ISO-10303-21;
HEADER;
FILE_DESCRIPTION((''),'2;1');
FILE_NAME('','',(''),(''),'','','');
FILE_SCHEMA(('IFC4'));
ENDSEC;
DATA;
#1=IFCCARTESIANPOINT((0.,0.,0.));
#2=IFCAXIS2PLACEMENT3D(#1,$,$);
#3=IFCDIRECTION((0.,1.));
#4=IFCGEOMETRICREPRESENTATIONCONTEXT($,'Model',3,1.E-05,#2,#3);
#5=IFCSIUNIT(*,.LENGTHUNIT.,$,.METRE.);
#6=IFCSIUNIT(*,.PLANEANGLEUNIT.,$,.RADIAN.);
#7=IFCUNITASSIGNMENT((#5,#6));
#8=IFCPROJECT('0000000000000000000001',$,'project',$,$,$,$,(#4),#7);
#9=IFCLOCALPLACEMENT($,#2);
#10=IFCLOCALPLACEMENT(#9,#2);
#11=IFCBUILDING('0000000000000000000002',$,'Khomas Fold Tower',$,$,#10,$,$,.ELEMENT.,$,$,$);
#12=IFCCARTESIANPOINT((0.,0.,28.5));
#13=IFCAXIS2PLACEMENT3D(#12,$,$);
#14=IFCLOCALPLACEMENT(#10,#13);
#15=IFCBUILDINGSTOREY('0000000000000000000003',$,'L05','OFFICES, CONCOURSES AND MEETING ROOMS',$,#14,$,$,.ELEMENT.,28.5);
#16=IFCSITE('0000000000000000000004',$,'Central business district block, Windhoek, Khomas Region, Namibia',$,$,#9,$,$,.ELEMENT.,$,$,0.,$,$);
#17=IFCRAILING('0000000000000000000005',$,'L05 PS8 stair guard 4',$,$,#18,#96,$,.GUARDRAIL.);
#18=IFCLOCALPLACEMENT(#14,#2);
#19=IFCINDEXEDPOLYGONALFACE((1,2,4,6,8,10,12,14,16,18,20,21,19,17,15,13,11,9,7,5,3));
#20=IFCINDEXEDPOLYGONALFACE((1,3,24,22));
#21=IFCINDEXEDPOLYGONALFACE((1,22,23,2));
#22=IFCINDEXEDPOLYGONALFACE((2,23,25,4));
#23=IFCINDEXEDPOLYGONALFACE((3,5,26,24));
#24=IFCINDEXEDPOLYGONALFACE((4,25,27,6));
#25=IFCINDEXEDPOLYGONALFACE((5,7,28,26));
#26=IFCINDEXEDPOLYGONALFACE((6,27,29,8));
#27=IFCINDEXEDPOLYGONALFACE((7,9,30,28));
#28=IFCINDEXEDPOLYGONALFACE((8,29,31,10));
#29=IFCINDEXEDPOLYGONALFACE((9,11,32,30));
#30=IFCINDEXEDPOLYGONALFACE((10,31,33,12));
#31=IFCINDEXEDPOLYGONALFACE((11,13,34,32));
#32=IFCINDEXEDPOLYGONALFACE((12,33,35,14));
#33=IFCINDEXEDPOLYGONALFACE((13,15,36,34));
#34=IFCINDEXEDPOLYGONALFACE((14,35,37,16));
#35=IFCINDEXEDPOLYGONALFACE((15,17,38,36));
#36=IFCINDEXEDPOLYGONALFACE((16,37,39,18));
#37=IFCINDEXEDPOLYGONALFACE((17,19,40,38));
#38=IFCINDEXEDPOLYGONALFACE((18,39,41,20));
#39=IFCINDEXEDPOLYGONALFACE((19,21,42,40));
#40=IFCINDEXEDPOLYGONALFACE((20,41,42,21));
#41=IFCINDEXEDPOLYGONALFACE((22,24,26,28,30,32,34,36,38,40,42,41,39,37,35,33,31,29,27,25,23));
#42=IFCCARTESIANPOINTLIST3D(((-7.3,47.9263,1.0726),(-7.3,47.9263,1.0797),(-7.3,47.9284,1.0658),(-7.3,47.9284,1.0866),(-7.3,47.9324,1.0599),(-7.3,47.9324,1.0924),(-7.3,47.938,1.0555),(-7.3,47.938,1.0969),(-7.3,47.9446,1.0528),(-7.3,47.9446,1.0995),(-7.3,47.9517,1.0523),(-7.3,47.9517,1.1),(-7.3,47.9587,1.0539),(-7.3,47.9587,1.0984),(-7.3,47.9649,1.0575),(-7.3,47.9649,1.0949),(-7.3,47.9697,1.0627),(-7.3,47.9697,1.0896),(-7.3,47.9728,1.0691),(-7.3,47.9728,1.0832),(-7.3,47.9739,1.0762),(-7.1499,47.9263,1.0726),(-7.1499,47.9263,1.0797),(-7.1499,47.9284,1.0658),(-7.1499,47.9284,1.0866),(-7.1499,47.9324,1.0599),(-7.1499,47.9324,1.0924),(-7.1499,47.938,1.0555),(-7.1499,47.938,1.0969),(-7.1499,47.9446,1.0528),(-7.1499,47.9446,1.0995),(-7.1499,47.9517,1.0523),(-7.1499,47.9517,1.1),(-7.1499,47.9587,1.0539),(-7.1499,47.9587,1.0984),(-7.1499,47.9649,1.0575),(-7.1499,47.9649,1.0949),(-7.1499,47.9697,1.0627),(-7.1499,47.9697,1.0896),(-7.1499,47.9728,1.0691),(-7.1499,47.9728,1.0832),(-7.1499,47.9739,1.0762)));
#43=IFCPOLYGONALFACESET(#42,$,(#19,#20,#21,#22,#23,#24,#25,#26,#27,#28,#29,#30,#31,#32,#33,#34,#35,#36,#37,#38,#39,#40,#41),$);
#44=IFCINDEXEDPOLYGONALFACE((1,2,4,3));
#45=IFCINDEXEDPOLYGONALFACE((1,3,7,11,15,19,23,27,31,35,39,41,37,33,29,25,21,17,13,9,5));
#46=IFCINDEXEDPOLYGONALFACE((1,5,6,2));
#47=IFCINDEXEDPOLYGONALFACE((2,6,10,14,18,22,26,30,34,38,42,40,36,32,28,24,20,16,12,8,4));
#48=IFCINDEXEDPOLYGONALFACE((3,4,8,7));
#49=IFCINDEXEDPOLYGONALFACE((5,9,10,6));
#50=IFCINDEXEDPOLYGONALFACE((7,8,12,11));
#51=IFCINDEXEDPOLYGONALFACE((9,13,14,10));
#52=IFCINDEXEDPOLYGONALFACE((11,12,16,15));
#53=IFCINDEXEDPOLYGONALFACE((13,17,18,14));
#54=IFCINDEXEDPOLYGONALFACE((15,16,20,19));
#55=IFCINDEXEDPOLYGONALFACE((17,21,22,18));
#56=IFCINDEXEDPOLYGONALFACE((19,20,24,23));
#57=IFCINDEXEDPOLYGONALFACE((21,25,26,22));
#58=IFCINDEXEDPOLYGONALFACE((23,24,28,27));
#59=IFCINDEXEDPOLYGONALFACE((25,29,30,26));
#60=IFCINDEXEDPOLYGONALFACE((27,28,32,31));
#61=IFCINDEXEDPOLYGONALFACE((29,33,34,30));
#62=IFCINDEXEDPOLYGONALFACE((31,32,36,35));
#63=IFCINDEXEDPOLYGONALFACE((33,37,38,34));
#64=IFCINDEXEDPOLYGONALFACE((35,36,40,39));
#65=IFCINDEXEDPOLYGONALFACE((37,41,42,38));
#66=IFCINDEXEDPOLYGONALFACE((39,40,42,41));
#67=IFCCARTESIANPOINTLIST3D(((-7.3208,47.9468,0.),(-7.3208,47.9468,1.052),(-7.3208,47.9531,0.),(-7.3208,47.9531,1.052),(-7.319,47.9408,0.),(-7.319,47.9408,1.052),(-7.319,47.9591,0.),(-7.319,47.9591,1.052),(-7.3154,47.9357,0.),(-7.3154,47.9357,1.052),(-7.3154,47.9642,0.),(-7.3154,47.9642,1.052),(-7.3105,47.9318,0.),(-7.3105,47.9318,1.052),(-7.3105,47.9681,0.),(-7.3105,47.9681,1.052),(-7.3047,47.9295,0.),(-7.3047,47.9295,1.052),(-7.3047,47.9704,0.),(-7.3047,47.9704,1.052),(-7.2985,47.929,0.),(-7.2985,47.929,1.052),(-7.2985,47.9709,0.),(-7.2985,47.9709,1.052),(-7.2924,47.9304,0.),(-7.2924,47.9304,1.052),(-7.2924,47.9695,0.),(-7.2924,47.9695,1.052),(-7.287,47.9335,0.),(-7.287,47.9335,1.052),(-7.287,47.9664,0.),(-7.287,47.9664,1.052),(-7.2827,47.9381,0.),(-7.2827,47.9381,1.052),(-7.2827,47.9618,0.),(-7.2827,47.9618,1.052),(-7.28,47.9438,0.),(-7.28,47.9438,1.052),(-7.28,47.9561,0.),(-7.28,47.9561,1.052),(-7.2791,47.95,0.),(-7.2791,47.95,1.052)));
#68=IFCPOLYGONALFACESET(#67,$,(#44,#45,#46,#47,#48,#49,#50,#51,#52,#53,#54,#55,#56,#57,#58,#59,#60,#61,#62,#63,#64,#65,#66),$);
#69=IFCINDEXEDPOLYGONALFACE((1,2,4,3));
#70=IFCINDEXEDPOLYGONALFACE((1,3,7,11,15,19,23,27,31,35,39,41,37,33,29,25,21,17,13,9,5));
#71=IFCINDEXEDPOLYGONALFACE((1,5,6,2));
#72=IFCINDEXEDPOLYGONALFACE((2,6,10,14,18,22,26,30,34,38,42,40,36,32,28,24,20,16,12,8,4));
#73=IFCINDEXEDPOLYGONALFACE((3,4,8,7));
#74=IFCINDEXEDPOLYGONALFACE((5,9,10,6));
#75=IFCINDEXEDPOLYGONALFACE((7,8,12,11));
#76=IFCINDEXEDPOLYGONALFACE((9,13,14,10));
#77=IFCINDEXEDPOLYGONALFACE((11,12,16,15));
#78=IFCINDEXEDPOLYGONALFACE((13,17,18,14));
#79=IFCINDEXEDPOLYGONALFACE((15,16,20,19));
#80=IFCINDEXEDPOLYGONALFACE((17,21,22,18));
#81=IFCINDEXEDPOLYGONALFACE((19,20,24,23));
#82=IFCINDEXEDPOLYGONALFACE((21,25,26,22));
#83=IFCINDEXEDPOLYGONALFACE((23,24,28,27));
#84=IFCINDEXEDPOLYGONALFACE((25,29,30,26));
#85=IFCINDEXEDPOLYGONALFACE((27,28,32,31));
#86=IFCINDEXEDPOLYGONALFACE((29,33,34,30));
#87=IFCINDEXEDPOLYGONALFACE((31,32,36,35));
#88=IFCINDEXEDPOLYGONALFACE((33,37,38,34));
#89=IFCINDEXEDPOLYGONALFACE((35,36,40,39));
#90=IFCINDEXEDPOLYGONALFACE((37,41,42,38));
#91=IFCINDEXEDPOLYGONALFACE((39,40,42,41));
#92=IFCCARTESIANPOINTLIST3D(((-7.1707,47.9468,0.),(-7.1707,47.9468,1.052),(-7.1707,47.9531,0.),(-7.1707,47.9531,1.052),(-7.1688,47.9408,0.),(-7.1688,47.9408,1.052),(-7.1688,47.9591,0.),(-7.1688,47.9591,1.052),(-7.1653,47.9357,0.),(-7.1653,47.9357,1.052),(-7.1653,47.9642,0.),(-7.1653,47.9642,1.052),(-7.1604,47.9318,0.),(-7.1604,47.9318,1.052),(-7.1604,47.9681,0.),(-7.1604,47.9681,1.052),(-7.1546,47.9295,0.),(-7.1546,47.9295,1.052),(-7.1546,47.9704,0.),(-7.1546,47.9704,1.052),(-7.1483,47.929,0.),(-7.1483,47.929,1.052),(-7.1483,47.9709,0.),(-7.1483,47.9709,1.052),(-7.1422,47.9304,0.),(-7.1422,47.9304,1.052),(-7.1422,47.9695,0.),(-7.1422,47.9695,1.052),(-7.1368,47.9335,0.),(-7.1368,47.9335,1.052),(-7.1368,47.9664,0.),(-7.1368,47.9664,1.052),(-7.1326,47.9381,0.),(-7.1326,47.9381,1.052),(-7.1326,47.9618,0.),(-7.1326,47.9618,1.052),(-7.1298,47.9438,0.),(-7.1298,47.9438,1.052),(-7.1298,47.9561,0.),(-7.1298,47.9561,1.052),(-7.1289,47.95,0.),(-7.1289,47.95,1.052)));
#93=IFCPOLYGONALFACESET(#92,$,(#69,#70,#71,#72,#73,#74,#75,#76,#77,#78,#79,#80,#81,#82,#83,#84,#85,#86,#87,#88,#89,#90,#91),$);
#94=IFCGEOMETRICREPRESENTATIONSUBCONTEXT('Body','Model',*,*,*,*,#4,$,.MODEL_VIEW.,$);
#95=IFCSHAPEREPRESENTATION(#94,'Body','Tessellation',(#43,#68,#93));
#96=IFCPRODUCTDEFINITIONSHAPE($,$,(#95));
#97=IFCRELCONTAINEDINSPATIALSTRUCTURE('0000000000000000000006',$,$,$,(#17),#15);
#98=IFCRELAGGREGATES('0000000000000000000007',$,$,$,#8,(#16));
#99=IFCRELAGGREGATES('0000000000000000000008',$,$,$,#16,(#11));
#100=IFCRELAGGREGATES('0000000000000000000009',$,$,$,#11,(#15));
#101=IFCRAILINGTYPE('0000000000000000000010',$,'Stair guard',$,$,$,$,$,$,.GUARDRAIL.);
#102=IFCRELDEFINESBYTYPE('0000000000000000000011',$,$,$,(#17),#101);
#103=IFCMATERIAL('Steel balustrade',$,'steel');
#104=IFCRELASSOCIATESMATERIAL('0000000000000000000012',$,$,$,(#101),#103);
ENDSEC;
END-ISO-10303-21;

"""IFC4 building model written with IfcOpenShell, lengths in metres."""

from ifc_helpers import new_model, si_unit, direction, frame, origin, origin_2d, place, context, subcontext, project, spatial, circle, extrude, source, transform, mapped, material, type_object, element, save


model = new_model("IFC4")

# Units and contexts
model_context = context("Model", 3, precision=1e-05, world=origin(), true_north=direction((0.0, 1.0)))
body_context = subcontext(model_context, "Body", "Model", "MODEL_VIEW")
ifc_project = project(units=[si_unit("LENGTHUNIT", "METRE"), si_unit("PLANEANGLEUNIT", "RADIAN")], contexts=[model_context])

# Site, building, storey
site_placement = place(None, origin())
site = spatial("IfcSite", under=ifc_project, at=site_placement, Name="Central business district block, Windhoek, Khomas Region, Namibia", CompositionType="ELEMENT", RefElevation=0.0)
building_placement = place(site_placement, origin())
building = spatial("IfcBuilding", under=site, at=building_placement, Name="Khomas Fold Tower", CompositionType="ELEMENT")
storey_placement = place(building_placement, frame((0.0, 0.0, 28.5)))
storey = spatial("IfcBuildingStorey", under=building, at=storey_placement, Name="L05", Description="OFFICES, CONCOURSES AND MEETING ROOMS", CompositionType="ELEMENT", Elevation=28.5)

# Railing
ifc_material_1 = material(Name="Steel balustrade", Category="steel")
railing_type_1 = type_object("IfcRailingType", Name="Stair guard", PredefinedType="GUARDRAIL", material=ifc_material_1)
shared_shape_1 = source(origin(), body_context, "Body", "SweptSolid", [
    extrude(circle(Radius=0.0239, at=origin_2d()), frame((0.0, 0.0, 1.0762), z_axis=(1.0, 0.0, 0.0), x_axis=(0.0, 1.0, 0.0)), (0.0, 0.0, 1.0), 0.1501),
    extrude(circle(Radius=0.021, at=origin_2d()), origin(), (0.0, 0.0, 1.0), 1.052),
    extrude(circle(Radius=0.021, at=origin_2d()), frame((0.1501, 0.0, 0.0)), (0.0, 0.0, 1.0), 1.052),
])
railing_1_placement = place(storey_placement, frame((-7.3, 47.95, 0.0)))
element("IfcRailing", 1, at=railing_1_placement, inside=storey, type_object=railing_type_1, Name="L05 PS8 stair guard 4", PredefinedType="GUARDRAIL", context=body_context, shape_type="MappedRepresentation", body=[
    mapped(shared_shape_1, transform((0.0, 0.0, 0.0))),
])

save(model, "model.ifc")
